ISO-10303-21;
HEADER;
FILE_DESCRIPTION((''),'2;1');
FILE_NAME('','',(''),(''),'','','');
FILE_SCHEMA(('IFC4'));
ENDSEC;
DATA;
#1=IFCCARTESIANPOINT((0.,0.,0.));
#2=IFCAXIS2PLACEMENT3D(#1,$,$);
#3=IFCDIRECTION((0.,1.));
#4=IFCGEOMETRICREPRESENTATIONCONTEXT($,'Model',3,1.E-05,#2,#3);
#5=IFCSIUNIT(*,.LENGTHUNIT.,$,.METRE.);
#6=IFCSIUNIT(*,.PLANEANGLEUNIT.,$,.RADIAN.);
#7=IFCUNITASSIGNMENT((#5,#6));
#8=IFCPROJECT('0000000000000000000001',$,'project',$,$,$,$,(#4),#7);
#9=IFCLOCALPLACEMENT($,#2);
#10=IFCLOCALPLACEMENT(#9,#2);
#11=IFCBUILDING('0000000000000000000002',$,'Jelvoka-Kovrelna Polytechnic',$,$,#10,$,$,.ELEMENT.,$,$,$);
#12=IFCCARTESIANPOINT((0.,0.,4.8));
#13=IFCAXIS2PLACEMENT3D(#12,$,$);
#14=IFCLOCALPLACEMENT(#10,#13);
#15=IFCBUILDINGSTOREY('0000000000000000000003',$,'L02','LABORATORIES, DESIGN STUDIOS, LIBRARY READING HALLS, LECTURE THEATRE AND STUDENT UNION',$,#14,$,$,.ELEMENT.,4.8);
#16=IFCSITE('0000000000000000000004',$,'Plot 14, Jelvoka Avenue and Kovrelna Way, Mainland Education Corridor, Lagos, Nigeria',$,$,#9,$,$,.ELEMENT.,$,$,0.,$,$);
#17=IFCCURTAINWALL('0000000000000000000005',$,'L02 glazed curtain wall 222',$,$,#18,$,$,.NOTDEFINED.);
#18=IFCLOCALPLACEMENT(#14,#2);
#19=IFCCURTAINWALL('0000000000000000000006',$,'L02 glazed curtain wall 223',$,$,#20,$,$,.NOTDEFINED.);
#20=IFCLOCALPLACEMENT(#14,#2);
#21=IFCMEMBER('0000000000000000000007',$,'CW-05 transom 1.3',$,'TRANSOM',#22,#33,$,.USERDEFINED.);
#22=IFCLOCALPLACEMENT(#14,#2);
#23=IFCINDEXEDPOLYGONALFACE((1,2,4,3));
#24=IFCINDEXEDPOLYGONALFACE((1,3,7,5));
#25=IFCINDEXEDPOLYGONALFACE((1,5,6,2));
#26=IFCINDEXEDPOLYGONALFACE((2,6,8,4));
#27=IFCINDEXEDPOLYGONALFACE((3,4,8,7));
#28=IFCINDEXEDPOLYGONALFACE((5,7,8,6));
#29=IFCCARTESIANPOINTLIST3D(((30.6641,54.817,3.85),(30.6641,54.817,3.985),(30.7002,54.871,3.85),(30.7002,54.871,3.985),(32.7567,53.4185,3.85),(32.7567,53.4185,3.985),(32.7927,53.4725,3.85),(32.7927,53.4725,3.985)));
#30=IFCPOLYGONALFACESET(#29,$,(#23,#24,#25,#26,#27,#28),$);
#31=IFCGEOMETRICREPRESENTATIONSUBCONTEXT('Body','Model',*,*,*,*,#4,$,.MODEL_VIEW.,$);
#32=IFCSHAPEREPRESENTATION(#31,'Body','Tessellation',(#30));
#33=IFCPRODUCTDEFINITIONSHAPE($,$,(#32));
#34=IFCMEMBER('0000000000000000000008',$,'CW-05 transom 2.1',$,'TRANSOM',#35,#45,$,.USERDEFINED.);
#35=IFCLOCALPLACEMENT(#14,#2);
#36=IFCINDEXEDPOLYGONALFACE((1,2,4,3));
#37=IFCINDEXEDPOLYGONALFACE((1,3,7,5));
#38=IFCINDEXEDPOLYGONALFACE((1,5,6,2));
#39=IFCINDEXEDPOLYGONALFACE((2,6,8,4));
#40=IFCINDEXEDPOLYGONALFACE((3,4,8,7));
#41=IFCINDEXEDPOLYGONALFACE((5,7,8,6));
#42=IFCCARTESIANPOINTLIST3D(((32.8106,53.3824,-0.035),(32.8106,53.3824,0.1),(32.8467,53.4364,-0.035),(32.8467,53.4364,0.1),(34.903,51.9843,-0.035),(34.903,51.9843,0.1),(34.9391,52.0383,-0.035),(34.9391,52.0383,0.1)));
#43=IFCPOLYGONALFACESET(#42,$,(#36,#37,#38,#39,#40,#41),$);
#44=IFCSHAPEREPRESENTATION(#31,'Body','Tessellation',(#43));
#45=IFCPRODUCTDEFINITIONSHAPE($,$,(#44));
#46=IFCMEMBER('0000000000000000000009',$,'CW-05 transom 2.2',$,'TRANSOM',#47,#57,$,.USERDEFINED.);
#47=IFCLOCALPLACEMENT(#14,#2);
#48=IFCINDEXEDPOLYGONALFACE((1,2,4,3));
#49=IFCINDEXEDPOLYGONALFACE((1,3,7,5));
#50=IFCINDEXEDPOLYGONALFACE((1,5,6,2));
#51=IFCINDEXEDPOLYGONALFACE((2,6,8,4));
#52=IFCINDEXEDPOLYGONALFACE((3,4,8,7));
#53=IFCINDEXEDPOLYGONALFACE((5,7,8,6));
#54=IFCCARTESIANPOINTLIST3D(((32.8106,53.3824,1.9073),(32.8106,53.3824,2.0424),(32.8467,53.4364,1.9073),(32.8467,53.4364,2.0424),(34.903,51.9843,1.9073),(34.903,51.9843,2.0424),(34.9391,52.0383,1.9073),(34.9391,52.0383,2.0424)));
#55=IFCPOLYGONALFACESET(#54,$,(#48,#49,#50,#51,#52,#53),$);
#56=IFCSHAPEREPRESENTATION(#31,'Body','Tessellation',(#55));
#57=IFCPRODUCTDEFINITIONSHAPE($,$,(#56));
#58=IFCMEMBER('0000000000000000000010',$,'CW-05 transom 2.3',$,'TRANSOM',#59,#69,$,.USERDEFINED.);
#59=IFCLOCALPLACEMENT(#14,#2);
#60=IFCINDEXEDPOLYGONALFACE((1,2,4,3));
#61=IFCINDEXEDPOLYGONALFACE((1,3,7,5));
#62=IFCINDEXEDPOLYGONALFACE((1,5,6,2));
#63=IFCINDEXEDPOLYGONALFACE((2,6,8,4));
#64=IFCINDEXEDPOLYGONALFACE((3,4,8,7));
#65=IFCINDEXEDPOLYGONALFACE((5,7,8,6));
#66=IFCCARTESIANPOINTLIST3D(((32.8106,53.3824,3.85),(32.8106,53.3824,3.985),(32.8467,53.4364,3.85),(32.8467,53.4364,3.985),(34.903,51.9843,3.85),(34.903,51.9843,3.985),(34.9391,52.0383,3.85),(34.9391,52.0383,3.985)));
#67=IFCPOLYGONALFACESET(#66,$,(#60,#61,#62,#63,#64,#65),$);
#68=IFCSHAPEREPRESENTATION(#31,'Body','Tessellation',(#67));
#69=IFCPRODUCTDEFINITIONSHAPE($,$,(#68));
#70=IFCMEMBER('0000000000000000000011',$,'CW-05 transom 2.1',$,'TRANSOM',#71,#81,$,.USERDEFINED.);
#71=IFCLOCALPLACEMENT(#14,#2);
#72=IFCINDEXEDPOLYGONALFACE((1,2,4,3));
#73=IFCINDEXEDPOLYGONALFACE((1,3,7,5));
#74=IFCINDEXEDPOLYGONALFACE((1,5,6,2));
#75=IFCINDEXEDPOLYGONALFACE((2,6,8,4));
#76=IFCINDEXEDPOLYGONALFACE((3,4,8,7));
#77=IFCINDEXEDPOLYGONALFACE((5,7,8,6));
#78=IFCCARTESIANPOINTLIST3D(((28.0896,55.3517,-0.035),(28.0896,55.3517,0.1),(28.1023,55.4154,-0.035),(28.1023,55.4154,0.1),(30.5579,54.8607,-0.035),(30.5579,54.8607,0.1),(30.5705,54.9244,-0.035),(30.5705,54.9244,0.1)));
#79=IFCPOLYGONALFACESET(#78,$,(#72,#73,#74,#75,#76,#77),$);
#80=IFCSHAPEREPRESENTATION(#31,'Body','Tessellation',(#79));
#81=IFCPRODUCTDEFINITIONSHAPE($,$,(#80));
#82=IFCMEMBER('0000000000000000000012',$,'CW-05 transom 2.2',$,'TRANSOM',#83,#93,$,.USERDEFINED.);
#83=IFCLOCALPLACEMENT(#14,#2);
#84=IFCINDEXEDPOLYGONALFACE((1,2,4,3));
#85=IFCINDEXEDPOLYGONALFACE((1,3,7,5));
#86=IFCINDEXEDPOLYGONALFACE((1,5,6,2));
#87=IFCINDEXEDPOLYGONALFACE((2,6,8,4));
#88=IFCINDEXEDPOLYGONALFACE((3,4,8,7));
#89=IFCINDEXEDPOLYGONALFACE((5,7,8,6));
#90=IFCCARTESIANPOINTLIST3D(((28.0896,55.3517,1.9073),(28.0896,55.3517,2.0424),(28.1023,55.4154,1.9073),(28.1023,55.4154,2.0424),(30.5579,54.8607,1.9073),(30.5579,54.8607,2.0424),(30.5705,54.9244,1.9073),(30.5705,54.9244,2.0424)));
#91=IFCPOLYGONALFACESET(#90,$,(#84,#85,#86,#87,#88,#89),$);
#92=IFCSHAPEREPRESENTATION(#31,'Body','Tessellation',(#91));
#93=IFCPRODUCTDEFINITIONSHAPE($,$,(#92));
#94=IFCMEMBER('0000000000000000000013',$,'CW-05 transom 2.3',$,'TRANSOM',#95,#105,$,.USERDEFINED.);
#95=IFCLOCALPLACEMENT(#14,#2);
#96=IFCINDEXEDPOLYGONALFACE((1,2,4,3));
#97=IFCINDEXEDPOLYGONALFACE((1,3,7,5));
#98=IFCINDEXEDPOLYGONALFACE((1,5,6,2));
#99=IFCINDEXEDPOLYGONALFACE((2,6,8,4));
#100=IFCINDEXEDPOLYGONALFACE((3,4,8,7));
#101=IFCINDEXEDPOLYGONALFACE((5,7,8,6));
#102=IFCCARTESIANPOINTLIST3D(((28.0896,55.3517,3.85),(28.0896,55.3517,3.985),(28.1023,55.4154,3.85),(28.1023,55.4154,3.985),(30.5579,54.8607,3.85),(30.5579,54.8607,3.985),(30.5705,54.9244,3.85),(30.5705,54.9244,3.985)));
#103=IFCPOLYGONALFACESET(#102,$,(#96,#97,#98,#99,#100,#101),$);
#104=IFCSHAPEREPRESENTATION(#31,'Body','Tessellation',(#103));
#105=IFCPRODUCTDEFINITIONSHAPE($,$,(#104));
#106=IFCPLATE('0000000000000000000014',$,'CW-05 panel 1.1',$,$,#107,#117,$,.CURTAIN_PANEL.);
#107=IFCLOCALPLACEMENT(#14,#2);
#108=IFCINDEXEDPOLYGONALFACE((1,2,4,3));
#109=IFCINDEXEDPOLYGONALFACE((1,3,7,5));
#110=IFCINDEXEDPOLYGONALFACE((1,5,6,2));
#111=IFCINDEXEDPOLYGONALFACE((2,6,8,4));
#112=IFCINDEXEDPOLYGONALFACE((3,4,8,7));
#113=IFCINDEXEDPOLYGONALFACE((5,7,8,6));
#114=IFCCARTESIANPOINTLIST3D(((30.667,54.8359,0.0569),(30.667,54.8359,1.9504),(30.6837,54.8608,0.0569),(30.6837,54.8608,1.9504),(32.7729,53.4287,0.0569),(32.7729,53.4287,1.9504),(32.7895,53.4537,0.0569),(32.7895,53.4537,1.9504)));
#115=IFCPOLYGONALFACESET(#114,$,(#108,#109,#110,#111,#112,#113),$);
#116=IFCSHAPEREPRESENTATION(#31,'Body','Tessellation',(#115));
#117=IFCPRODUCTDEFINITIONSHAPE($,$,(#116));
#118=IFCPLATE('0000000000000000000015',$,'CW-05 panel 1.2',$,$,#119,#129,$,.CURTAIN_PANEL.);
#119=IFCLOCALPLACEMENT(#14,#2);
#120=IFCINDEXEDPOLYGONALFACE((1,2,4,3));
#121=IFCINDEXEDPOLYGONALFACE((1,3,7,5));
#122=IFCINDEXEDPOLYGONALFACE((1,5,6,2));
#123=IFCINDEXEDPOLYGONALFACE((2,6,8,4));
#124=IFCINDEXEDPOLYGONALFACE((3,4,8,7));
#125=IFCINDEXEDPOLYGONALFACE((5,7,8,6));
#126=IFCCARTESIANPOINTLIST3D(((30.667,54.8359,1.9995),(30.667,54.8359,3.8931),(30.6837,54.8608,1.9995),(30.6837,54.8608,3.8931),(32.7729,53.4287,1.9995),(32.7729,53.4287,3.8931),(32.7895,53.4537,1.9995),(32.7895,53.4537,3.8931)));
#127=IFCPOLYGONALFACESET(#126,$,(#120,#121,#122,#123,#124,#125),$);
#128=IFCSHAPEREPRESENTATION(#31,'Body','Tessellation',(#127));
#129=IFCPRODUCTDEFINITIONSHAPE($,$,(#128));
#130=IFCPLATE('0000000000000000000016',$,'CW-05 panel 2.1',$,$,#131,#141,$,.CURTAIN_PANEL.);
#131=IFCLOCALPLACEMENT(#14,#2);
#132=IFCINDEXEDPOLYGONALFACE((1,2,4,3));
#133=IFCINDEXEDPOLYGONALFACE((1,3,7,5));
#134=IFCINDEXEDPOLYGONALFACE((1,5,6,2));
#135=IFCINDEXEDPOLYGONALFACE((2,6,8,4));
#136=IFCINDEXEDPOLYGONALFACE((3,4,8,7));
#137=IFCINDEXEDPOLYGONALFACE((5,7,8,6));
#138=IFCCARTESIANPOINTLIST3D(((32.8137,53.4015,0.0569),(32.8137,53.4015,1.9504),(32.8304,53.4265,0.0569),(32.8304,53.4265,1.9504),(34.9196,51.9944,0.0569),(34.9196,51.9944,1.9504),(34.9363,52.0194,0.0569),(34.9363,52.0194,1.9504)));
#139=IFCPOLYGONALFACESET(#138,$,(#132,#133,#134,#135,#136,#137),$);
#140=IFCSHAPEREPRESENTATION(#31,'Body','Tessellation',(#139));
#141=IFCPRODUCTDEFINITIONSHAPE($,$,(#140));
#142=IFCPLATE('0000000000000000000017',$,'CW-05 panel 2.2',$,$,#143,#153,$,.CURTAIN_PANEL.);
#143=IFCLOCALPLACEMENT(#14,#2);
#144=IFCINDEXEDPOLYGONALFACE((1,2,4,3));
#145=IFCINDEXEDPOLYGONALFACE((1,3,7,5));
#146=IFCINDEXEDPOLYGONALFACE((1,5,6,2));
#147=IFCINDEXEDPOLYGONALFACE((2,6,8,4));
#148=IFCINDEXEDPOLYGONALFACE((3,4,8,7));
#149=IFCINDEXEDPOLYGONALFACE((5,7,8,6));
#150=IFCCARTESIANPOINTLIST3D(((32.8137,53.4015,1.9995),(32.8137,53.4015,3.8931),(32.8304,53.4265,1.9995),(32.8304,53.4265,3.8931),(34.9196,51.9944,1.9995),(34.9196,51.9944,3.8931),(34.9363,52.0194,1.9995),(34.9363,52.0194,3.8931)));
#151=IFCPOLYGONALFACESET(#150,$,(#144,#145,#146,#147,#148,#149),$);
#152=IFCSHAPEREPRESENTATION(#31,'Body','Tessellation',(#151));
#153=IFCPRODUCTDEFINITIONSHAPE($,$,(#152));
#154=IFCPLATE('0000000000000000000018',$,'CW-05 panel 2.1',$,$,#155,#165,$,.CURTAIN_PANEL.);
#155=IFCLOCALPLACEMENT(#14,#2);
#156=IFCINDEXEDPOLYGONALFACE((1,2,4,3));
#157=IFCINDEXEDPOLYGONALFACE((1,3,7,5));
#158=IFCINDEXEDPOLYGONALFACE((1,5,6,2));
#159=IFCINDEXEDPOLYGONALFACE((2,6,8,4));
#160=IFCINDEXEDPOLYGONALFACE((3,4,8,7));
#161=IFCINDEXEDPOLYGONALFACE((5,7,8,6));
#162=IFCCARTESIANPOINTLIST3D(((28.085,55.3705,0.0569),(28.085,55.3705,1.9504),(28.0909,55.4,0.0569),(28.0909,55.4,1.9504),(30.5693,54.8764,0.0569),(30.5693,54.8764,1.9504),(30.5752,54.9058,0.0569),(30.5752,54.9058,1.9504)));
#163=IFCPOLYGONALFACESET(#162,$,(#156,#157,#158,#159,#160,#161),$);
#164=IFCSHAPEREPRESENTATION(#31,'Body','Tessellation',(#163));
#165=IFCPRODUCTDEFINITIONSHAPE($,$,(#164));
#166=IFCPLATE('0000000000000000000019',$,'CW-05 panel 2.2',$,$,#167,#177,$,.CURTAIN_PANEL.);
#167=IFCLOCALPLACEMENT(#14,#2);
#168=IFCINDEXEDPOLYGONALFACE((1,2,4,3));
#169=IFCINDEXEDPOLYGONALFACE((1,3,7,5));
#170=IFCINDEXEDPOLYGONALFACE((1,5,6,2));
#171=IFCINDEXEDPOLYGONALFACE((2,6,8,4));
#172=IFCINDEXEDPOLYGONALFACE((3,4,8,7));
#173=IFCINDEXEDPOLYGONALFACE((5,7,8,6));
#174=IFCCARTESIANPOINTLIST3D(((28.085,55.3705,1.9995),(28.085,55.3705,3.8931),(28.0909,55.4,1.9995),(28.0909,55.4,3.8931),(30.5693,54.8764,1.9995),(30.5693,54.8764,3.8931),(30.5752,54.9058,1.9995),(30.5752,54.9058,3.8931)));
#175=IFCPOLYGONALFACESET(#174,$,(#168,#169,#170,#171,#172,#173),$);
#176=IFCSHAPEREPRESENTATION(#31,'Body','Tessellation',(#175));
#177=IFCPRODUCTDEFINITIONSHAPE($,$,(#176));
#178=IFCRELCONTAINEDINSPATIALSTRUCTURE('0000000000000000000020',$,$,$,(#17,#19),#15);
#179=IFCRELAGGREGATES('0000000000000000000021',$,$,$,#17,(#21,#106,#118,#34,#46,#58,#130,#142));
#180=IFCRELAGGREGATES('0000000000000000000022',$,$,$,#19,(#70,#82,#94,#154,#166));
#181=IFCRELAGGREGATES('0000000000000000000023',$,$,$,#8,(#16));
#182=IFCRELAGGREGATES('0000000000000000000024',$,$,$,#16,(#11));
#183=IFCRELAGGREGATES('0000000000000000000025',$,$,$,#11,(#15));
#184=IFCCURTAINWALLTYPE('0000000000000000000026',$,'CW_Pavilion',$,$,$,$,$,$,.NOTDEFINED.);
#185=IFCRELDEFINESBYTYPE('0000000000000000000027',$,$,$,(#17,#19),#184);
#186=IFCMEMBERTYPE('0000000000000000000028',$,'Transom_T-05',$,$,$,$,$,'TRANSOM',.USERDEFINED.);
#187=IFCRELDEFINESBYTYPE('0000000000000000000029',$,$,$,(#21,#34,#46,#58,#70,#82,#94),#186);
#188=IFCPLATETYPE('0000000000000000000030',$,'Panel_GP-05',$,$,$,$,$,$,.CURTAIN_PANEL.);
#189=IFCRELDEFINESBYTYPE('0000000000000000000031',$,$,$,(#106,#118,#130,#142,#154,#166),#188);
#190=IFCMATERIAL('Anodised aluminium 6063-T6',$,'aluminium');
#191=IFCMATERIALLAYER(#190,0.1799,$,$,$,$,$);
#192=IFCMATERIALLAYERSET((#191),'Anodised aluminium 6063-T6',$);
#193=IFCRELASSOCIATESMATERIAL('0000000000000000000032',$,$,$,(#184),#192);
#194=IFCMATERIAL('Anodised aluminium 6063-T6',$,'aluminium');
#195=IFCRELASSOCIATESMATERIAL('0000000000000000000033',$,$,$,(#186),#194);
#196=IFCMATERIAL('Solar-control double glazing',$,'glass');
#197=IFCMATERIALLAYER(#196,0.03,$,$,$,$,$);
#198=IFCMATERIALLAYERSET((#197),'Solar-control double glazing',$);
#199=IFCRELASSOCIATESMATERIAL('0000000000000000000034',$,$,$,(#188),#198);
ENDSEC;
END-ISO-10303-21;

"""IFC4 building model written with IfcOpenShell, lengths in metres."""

from ifc_helpers import new_model, si_unit, direction, frame, origin, origin_2d, place, context, subcontext, project, spatial, rectangle, extrude, material, layer, layer_set, material_profile, profile_set, type_object, element, aggregate, save


model = new_model("IFC4")

# Units and contexts
model_context = context("Model", 3, precision=1e-05, world=origin(), true_north=direction((0.0, 1.0)))
body_context = subcontext(model_context, "Body", "Model", "MODEL_VIEW")
ifc_project = project(units=[si_unit("LENGTHUNIT", "METRE"), si_unit("PLANEANGLEUNIT", "RADIAN")], contexts=[model_context])

# Site, building, storey
site_placement = place(None, origin())
site = spatial("IfcSite", under=ifc_project, at=site_placement, Name="Plot 14, Jelvoka Avenue and Kovrelna Way, Mainland Education Corridor, Lagos, Nigeria", CompositionType="ELEMENT", RefElevation=0.0)
building_placement = place(site_placement, origin())
building = spatial("IfcBuilding", under=site, at=building_placement, Name="Jelvoka-Kovrelna Polytechnic", CompositionType="ELEMENT")
storey_placement = place(building_placement, frame((0.0, 0.0, 4.8)))
storey = spatial("IfcBuildingStorey", under=building, at=storey_placement, Name="L02", Description="LABORATORIES, DESIGN STUDIOS, LIBRARY READING HALLS, LECTURE THEATRE AND STUDENT UNION", CompositionType="ELEMENT", Elevation=4.8)

# Curtain wall
ifc_material_1 = material(Name="Anodised aluminium 6063-T6", Category="aluminium")
ifc_layer_1 = layer(ifc_material_1, 0.1799)
ifc_layer_set_1 = layer_set([ifc_layer_1], Name="Anodised aluminium 6063-T6")
curtain_wall_type = type_object("IfcCurtainWallType", Name="CW_Pavilion", PredefinedType="NOTDEFINED", material=ifc_layer_set_1)
curtain_wall_1_placement = place(storey_placement, origin())
curtain_wall_1 = element("IfcCurtainWall", 1, at=curtain_wall_1_placement, inside=storey, type_object=curtain_wall_type, Name="L02 glazed curtain wall 222", PredefinedType="NOTDEFINED")

# Curtain wall
curtain_wall_2_placement = place(storey_placement, origin())
curtain_wall_2 = element("IfcCurtainWall", 2, at=curtain_wall_2_placement, inside=storey, type_object=curtain_wall_type, Name="L02 glazed curtain wall 223", PredefinedType="NOTDEFINED")

# Members
ifc_material_2 = material(Name="Anodised aluminium 6063-T6", Category="aluminium")
ifc_material_profile_1 = material_profile(ifc_material_2, rectangle(XDim=0.0649, YDim=0.135, at=origin_2d()), Name="ALU 65x135")
ifc_profile_set_1 = profile_set([ifc_material_profile_1], Name="Anodised aluminium 6063-T6")
member_type_1 = type_object("IfcMemberType", Name="Transom_T-05", ElementType="TRANSOM", PredefinedType="USERDEFINED", material=ifc_profile_set_1)
member_1_placement = place(storey_placement, frame((30.6821, 54.844, 3.9175), z_axis=(0.831423, -0.55564, 0.0), x_axis=(0.55564, 0.831423, 0.0)))
member_1 = element("IfcMember", 3, at=member_1_placement, type_object=member_type_1, Name="CW-05 transom 1.3", ObjectType="TRANSOM", PredefinedType="USERDEFINED", context=body_context, shape_type="SweptSolid", body=[
    extrude(rectangle(XDim=0.0649, YDim=0.135, at=origin_2d()), origin(), (0.0, 0.0, 1.0), 2.5168),
])
member_2_placement = place(storey_placement, frame((32.8286, 53.4094, 0.0325), z_axis=(0.831468, -0.555573, 0.0), x_axis=(0.555573, 0.831468, 0.0)))
member_2 = element("IfcMember", 4, at=member_2_placement, type_object=member_type_1, Name="CW-05 transom 2.1", ObjectType="TRANSOM", PredefinedType="USERDEFINED", context=body_context, shape_type="SweptSolid", body=[
    extrude(rectangle(XDim=0.0649, YDim=0.135, at=origin_2d()), origin(), (0.0, 0.0, 1.0), 2.5166),
])
member_3_placement = place(storey_placement, frame((32.8286, 53.4094, 1.9749), z_axis=(0.831468, -0.555573, 0.0), x_axis=(0.555573, 0.831468, 0.0)))
member_3 = element("IfcMember", 5, at=member_3_placement, type_object=member_type_1, Name="CW-05 transom 2.2", ObjectType="TRANSOM", PredefinedType="USERDEFINED", context=body_context, shape_type="SweptSolid", body=[
    extrude(rectangle(XDim=0.0649, YDim=0.135, at=origin_2d()), origin(), (0.0, 0.0, 1.0), 2.5166),
])
member_4_placement = place(storey_placement, frame((32.8286, 53.4094, 3.9175), z_axis=(0.831468, -0.555573, 0.0), x_axis=(0.555573, 0.831468, 0.0)))
member_4 = element("IfcMember", 6, at=member_4_placement, type_object=member_type_1, Name="CW-05 transom 2.3", ObjectType="TRANSOM", PredefinedType="USERDEFINED", context=body_context, shape_type="SweptSolid", body=[
    extrude(rectangle(XDim=0.0649, YDim=0.135, at=origin_2d()), origin(), (0.0, 0.0, 1.0), 2.5166),
])
member_5_placement = place(storey_placement, frame((28.0959, 55.3835, 0.0325), z_axis=(0.980785, -0.19509, 0.0), x_axis=(0.19509, 0.980785, 0.0)))
member_5 = element("IfcMember", 7, at=member_5_placement, type_object=member_type_1, Name="CW-05 transom 2.1", ObjectType="TRANSOM", PredefinedType="USERDEFINED", context=body_context, shape_type="SweptSolid", body=[
    extrude(rectangle(XDim=0.0649, YDim=0.135, at=origin_2d()), origin(), (0.0, 0.0, 1.0), 2.5166),
])
member_6_placement = place(storey_placement, frame((28.0959, 55.3835, 1.9749), z_axis=(0.980785, -0.19509, 0.0), x_axis=(0.19509, 0.980785, 0.0)))
member_6 = element("IfcMember", 8, at=member_6_placement, type_object=member_type_1, Name="CW-05 transom 2.2", ObjectType="TRANSOM", PredefinedType="USERDEFINED", context=body_context, shape_type="SweptSolid", body=[
    extrude(rectangle(XDim=0.0649, YDim=0.135, at=origin_2d()), origin(), (0.0, 0.0, 1.0), 2.5166),
])
member_7_placement = place(storey_placement, frame((28.0959, 55.3835, 3.9175), z_axis=(0.980785, -0.19509, 0.0), x_axis=(0.19509, 0.980785, 0.0)))
member_7 = element("IfcMember", 9, at=member_7_placement, type_object=member_type_1, Name="CW-05 transom 2.3", ObjectType="TRANSOM", PredefinedType="USERDEFINED", context=body_context, shape_type="SweptSolid", body=[
    extrude(rectangle(XDim=0.0649, YDim=0.135, at=origin_2d()), origin(), (0.0, 0.0, 1.0), 2.5166),
])

# Plates
ifc_material_3 = material(Name="Solar-control double glazing", Category="glass")
ifc_layer_2 = layer(ifc_material_3, 0.03)
ifc_layer_set_2 = layer_set([ifc_layer_2], Name="Solar-control double glazing")
plate_type = type_object("IfcPlateType", Name="Panel_GP-05", PredefinedType="CURTAIN_PANEL", material=ifc_layer_set_2)
plate_1_placement = place(storey_placement, frame((31.7283, 54.1448, 0.0569), z_axis=(0.0, 0.0, 1.0), x_axis=(0.831461, -0.555583, 0.0)))
plate_1 = element("IfcPlate", 10, at=plate_1_placement, type_object=plate_type, Name="CW-05 panel 1.1", PredefinedType="CURTAIN_PANEL", context=body_context, shape_type="SweptSolid", body=[
    extrude(rectangle(XDim=2.5327, YDim=0.03, at=origin_2d()), origin(), (0.0, 0.0, 1.0), 1.8936),
])
plate_2_placement = place(storey_placement, frame((31.7283, 54.1448, 1.9995), z_axis=(0.0, 0.0, 1.0), x_axis=(0.831461, -0.555583, 0.0)))
plate_2 = element("IfcPlate", 11, at=plate_2_placement, type_object=plate_type, Name="CW-05 panel 1.2", PredefinedType="CURTAIN_PANEL", context=body_context, shape_type="SweptSolid", body=[
    extrude(rectangle(XDim=2.5327, YDim=0.03, at=origin_2d()), origin(), (0.0, 0.0, 1.0), 1.8936),
])
plate_3_placement = place(storey_placement, frame((33.875, 52.7104, 0.0569), z_axis=(0.0, 0.0, 1.0), x_axis=(0.831461, -0.555583, 0.0)))
plate_3 = element("IfcPlate", 12, at=plate_3_placement, type_object=plate_type, Name="CW-05 panel 2.1", PredefinedType="CURTAIN_PANEL", context=body_context, shape_type="SweptSolid", body=[
    extrude(rectangle(XDim=2.5327, YDim=0.03, at=origin_2d()), origin(), (0.0, 0.0, 1.0), 1.8936),
])
plate_4_placement = place(storey_placement, frame((33.875, 52.7104, 1.9995), z_axis=(0.0, 0.0, 1.0), x_axis=(0.831461, -0.555583, 0.0)))
plate_4 = element("IfcPlate", 13, at=plate_4_placement, type_object=plate_type, Name="CW-05 panel 2.2", PredefinedType="CURTAIN_PANEL", context=body_context, shape_type="SweptSolid", body=[
    extrude(rectangle(XDim=2.5327, YDim=0.03, at=origin_2d()), origin(), (0.0, 0.0, 1.0), 1.8936),
])
aggregate(curtain_wall_1, [member_1, plate_1, plate_2, member_2, member_3, member_4, plate_3, plate_4])
plate_5_placement = place(storey_placement, frame((29.3301, 55.1382, 0.0569), z_axis=(0.0, 0.0, 1.0), x_axis=(0.980786, -0.195086, 0.0)))
plate_5 = element("IfcPlate", 14, at=plate_5_placement, type_object=plate_type, Name="CW-05 panel 2.1", PredefinedType="CURTAIN_PANEL", context=body_context, shape_type="SweptSolid", body=[
    extrude(rectangle(XDim=2.533, YDim=0.03, at=origin_2d()), origin(), (0.0, 0.0, 1.0), 1.8936),
])
plate_6_placement = place(storey_placement, frame((29.3301, 55.1382, 1.9995), z_axis=(0.0, 0.0, 1.0), x_axis=(0.980786, -0.195086, 0.0)))
plate_6 = element("IfcPlate", 15, at=plate_6_placement, type_object=plate_type, Name="CW-05 panel 2.2", PredefinedType="CURTAIN_PANEL", context=body_context, shape_type="SweptSolid", body=[
    extrude(rectangle(XDim=2.533, YDim=0.03, at=origin_2d()), origin(), (0.0, 0.0, 1.0), 1.8936),
])
aggregate(curtain_wall_2, [member_5, member_6, member_7, plate_5, plate_6])

save(model, "model.ifc")
